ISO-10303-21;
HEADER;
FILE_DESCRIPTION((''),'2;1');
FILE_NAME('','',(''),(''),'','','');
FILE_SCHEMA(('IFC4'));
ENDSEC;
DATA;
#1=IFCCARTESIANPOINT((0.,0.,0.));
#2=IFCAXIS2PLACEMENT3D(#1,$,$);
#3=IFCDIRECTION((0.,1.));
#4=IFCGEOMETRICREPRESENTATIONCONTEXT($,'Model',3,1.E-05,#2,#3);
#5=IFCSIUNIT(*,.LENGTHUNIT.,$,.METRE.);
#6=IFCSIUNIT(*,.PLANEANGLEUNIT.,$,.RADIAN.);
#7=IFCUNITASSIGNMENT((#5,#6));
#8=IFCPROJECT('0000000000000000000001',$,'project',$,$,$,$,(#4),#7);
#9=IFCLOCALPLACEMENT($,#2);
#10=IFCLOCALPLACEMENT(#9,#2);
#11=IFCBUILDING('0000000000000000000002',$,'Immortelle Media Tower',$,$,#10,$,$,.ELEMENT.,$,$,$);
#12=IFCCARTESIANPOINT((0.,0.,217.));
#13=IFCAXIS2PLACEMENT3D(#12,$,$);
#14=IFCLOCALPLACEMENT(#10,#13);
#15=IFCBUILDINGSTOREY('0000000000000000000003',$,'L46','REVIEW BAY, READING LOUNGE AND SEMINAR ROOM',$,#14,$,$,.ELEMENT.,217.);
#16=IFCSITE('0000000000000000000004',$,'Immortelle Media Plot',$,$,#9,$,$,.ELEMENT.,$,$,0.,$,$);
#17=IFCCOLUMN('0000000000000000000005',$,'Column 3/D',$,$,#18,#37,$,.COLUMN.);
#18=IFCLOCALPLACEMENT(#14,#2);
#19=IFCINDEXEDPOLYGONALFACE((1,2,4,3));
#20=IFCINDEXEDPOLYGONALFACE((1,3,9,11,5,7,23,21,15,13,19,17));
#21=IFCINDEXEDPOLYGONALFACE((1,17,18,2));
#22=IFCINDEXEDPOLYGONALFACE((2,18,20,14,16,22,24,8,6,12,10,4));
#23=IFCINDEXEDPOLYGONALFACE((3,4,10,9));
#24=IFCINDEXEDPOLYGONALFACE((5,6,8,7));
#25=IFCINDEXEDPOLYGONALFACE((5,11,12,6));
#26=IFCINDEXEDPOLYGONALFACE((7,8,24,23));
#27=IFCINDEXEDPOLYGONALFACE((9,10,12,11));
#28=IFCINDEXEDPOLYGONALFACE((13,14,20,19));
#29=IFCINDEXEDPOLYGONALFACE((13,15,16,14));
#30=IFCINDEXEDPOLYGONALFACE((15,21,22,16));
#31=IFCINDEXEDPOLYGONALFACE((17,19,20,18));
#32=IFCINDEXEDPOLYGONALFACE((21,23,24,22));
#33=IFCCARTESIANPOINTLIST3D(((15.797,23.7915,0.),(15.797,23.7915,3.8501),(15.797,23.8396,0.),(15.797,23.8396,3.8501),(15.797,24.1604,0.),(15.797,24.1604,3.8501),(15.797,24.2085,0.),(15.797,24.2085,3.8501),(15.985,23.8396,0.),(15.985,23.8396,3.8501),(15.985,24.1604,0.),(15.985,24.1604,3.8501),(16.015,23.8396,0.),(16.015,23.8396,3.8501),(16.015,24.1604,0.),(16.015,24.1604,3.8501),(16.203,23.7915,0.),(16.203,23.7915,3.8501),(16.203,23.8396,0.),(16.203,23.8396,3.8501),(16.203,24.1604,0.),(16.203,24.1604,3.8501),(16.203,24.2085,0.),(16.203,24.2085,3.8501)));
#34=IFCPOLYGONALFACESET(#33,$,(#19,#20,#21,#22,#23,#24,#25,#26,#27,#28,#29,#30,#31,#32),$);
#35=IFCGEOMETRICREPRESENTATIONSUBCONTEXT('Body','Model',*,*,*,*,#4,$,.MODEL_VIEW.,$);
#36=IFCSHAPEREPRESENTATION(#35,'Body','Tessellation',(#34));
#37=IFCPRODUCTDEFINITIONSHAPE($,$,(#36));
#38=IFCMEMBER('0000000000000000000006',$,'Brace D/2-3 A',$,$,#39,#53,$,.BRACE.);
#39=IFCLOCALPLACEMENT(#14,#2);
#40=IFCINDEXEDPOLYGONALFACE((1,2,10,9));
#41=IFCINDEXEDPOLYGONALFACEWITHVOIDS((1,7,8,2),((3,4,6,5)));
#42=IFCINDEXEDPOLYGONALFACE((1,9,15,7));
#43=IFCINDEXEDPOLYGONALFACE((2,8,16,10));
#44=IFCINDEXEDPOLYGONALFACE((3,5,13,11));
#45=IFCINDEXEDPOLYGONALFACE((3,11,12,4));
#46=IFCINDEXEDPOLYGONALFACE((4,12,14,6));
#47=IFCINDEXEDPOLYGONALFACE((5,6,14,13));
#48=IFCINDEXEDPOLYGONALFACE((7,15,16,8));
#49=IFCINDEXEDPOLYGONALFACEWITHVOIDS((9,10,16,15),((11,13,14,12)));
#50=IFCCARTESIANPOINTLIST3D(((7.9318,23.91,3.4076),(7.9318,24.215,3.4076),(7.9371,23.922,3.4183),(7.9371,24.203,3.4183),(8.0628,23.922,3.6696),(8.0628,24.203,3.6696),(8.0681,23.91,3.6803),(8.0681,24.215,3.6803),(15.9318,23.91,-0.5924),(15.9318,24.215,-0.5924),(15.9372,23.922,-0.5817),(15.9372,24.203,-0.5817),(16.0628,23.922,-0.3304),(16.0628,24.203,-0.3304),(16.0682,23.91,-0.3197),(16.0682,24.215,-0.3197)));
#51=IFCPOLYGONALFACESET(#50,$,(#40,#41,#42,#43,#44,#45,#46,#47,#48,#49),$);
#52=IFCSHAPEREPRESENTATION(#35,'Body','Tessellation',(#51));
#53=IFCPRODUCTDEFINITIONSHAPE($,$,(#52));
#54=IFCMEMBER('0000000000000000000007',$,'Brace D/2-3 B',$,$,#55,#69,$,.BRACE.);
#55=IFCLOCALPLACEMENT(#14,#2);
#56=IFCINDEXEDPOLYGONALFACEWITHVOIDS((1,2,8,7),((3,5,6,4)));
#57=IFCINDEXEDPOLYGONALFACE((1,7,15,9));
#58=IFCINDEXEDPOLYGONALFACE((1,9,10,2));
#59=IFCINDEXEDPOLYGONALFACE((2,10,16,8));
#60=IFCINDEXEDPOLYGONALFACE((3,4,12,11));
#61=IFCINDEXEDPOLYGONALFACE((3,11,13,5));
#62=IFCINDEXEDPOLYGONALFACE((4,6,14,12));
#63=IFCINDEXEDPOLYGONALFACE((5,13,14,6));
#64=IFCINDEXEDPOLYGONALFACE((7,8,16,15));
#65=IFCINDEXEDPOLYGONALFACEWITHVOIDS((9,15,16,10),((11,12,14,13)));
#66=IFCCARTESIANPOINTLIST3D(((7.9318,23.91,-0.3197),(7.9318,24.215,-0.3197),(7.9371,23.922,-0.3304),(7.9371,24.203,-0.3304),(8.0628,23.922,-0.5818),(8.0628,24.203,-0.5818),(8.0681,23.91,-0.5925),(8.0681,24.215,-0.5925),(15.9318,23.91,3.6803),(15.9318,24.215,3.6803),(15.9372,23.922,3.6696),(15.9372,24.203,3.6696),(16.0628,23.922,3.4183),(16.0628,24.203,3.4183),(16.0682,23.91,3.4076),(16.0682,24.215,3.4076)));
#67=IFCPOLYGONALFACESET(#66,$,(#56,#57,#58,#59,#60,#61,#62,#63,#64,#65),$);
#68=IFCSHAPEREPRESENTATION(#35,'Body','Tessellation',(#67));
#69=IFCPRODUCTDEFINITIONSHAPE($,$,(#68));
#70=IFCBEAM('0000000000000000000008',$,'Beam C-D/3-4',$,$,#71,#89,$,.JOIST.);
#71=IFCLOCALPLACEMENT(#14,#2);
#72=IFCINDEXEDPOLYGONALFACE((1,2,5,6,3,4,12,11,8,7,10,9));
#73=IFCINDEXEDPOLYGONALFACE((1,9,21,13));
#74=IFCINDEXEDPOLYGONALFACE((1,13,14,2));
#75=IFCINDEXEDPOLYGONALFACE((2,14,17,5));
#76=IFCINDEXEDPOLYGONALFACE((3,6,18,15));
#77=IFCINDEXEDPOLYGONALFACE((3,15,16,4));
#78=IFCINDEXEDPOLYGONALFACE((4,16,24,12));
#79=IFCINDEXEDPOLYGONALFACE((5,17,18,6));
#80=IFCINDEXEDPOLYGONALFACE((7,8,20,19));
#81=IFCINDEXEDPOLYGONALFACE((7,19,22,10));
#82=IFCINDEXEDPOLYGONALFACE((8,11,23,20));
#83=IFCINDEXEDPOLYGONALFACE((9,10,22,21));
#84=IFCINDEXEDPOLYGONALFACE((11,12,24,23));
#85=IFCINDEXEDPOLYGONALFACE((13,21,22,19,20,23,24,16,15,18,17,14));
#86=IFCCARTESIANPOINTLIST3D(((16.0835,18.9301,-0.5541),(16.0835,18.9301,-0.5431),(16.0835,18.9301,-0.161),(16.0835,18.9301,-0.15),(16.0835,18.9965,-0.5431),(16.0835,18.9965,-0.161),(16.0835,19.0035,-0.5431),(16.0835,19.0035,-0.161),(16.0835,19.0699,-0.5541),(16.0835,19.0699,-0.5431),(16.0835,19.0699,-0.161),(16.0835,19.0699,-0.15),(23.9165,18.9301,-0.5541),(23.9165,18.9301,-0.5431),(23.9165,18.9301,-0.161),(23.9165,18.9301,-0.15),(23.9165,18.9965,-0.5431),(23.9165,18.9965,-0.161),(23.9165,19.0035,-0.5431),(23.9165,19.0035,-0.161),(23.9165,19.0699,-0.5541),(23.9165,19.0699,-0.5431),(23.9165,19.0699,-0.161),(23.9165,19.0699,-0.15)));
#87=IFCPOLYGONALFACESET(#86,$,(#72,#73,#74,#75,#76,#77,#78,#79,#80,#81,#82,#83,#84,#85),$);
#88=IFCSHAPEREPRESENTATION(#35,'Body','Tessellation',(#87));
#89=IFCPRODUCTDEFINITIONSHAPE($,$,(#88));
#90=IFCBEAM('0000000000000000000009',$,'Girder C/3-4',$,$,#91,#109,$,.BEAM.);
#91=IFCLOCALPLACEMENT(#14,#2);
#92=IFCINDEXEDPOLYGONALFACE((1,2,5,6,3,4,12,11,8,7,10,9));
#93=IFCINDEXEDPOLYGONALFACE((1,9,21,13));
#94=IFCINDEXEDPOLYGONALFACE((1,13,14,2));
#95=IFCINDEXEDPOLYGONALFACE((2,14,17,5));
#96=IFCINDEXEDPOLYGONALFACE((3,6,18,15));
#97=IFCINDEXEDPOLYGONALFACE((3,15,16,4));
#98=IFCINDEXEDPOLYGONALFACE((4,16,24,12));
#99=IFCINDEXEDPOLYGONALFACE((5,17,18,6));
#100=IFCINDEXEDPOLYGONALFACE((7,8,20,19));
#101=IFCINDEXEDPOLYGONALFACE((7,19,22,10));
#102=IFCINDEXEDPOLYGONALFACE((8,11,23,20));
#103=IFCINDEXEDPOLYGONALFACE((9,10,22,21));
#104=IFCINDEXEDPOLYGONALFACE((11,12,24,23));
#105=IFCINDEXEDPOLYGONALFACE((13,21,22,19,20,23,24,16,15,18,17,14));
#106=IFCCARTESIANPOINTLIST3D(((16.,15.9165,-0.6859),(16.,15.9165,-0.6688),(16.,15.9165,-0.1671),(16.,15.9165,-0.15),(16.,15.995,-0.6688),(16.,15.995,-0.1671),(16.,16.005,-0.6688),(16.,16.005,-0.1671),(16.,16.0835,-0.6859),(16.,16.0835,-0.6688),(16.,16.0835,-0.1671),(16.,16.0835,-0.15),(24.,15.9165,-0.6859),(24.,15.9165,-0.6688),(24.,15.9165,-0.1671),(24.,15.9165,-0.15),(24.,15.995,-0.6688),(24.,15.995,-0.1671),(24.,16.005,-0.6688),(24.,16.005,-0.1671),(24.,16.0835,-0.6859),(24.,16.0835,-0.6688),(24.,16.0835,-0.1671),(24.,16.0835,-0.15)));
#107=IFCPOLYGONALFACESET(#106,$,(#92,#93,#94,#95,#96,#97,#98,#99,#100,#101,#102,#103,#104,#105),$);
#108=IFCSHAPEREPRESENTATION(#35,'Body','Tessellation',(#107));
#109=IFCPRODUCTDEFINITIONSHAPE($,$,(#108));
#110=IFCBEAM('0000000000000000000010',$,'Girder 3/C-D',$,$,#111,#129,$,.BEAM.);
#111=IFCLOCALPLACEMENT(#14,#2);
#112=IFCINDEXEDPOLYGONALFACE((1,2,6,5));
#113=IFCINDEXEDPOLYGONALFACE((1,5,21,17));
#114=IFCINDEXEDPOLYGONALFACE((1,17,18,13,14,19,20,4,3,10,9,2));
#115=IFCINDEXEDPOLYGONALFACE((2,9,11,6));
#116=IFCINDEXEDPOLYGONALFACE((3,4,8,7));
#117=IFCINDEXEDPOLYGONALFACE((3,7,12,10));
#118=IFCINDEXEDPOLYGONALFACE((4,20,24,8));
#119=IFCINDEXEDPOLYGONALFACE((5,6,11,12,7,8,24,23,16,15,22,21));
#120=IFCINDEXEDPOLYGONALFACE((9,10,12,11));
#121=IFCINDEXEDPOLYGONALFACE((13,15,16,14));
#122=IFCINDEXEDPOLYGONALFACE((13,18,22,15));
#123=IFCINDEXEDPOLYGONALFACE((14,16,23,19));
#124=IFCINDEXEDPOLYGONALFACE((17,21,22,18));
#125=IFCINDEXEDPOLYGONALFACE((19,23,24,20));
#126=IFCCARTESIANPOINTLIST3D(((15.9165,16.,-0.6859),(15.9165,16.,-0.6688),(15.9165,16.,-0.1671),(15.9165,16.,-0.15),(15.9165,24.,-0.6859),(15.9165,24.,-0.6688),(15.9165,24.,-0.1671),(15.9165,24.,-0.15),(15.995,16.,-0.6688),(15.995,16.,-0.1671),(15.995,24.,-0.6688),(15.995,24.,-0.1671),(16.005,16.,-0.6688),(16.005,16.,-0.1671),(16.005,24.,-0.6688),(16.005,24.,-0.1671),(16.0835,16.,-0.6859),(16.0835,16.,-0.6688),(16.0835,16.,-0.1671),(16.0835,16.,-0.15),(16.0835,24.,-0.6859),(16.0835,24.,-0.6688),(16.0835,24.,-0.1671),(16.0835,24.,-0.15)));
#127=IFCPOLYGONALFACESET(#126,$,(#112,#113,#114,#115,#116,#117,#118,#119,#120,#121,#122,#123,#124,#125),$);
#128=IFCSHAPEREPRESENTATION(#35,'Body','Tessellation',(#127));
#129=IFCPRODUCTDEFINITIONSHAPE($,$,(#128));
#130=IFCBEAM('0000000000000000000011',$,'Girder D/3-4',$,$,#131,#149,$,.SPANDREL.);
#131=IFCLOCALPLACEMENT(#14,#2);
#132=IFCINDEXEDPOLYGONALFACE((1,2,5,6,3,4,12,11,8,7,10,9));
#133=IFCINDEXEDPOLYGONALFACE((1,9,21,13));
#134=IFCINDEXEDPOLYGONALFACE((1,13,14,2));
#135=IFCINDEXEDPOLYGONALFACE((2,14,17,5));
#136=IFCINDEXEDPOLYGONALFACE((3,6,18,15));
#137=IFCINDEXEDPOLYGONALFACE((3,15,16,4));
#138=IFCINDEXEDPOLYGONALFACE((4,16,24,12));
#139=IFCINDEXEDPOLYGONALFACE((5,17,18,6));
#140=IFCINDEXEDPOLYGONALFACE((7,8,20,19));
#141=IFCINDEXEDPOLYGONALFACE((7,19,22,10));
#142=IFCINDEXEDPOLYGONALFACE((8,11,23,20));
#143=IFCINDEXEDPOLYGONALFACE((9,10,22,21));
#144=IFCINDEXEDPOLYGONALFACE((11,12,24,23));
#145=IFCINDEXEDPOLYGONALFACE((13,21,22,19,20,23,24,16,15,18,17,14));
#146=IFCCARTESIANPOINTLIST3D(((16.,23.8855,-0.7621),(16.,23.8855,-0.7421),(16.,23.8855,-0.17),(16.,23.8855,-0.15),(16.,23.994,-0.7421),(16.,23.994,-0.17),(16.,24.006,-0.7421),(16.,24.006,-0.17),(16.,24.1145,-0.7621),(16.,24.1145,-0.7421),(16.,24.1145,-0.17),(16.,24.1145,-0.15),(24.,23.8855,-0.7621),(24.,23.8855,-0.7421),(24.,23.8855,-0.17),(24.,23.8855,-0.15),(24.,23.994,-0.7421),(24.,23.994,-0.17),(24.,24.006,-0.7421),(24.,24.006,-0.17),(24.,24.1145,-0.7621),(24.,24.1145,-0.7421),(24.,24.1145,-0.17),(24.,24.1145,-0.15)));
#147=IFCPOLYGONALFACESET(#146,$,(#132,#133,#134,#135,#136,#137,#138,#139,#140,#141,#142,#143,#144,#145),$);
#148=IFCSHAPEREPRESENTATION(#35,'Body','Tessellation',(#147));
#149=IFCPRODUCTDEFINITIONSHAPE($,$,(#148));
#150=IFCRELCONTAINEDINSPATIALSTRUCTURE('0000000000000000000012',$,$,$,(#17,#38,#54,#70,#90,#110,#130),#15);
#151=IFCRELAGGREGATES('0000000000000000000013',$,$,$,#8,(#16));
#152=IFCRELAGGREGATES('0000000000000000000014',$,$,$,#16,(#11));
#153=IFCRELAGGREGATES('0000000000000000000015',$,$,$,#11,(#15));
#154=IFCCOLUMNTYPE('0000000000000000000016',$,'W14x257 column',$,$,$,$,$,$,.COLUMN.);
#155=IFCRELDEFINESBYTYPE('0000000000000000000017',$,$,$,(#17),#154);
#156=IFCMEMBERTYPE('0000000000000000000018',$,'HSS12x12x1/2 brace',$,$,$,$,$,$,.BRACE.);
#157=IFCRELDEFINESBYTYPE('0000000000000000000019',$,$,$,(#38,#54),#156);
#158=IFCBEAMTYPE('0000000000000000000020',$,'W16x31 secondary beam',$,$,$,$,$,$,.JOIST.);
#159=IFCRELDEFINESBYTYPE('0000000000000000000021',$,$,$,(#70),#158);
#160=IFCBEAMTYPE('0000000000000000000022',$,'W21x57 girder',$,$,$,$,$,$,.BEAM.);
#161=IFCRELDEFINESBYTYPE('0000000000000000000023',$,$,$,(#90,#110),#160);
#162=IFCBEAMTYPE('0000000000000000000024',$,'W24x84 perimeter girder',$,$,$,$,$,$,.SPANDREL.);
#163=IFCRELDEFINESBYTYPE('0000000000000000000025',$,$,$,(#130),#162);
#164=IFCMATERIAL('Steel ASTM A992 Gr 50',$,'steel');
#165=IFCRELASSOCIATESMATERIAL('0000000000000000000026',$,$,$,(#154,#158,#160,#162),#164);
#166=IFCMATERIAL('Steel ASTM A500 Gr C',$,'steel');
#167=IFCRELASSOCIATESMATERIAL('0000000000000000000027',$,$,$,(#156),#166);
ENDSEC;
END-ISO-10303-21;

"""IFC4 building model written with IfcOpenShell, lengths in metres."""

from ifc_helpers import new_model, si_unit, direction, frame, origin, origin_2d, place, context, subcontext, project, spatial, hollow_rectangle, i_section, extrude, material, material_profile, profile_set, type_object, element, save


model = new_model("IFC4")

# Units and contexts
model_context = context("Model", 3, precision=1e-05, world=origin(), true_north=direction((0.0, 1.0)))
body_context = subcontext(model_context, "Body", "Model", "MODEL_VIEW")
ifc_project = project(units=[si_unit("LENGTHUNIT", "METRE"), si_unit("PLANEANGLEUNIT", "RADIAN")], contexts=[model_context])

# Site, building, storey
site_placement = place(None, origin())
site = spatial("IfcSite", under=ifc_project, at=site_placement, Name="Immortelle Media Plot", CompositionType="ELEMENT", RefElevation=0.0)
building_placement = place(site_placement, origin())
building = spatial("IfcBuilding", under=site, at=building_placement, Name="Immortelle Media Tower", CompositionType="ELEMENT")
storey_placement = place(building_placement, frame((0.0, 0.0, 217.0)))
storey = spatial("IfcBuildingStorey", under=building, at=storey_placement, Name="L46", Description="REVIEW BAY, READING LOUNGE AND SEMINAR ROOM", CompositionType="ELEMENT", Elevation=217.0)

# Column
ifc_material_1 = material(Name="Steel ASTM A992 Gr 50", Category="steel")
ifc_material_profile_1 = material_profile(ifc_material_1, i_section(OverallWidth=0.406, OverallDepth=0.417, WebThickness=0.03, FlangeThickness=0.0481, at=origin_2d()), Name="W14x257")
ifc_profile_set_1 = profile_set([ifc_material_profile_1], Name="Steel ASTM A992 Gr 50")
column_type = type_object("IfcColumnType", Name="W14x257 column", PredefinedType="COLUMN", material=ifc_profile_set_1)
column_placement = place(storey_placement, frame((16.0, 24.0, 0.0), z_axis=(0.0, 0.0, 1.0), x_axis=(1.0, 0.0, 0.0)))
element("IfcColumn", 1, at=column_placement, inside=storey, type_object=column_type, Name="Column 3/D", PredefinedType="COLUMN", context=body_context, shape_type="SweptSolid", body=[
    extrude(i_section(OverallWidth=0.406, OverallDepth=0.417, WebThickness=0.03, FlangeThickness=0.0481, at=origin_2d()), origin(), (0.0, 0.0, 1.0), 3.8501),
])

# Members
ifc_material_2 = material(Name="Steel ASTM A500 Gr C", Category="steel")
ifc_material_profile_2 = material_profile(ifc_material_2, hollow_rectangle(XDim=0.3049, YDim=0.3049, WallThickness=0.012, at=origin_2d()), Name="HSS12x12x1/2 brace")
ifc_profile_set_2 = profile_set([ifc_material_profile_2], Name="Steel ASTM A500 Gr C")
member_type = type_object("IfcMemberType", Name="HSS12x12x1/2 brace", PredefinedType="BRACE", material=ifc_profile_set_2)
for number, where, z_axis, x_axis, name in (
    (2, (16.0, 24.0625, -0.4561), (-0.894427, 0.0, 0.447214), (0.0, -1.0, 0.0), "Brace D/2-3 A"),
    (3, (16.0, 24.0625, 3.5439), (-0.894427, 0.0, -0.447214), (0.0, -1.0, 0.0), "Brace D/2-3 B"),
):
    element("IfcMember", number, at=place(storey_placement, frame(where, z_axis=z_axis, x_axis=x_axis)), inside=storey, type_object=member_type, Name=name, PredefinedType="BRACE", context=body_context, shape_type="SweptSolid", body=[
        extrude(hollow_rectangle(XDim=0.3049, YDim=0.3049, WallThickness=0.012, at=origin_2d()), origin(), (0.0, 0.0, 1.0), 8.9443),
    ])

# Beams
ifc_material_profile_3 = material_profile(ifc_material_1, i_section(OverallWidth=0.1399, OverallDepth=0.4041, WebThickness=0.0071, FlangeThickness=0.011, at=origin_2d()), Name="W16x31")
ifc_profile_set_3 = profile_set([ifc_material_profile_3], Name="Steel ASTM A992 Gr 50")
beam_type_1 = type_object("IfcBeamType", Name="W16x31 secondary beam", PredefinedType="JOIST", material=ifc_profile_set_3)
beam_1_placement = place(storey_placement, frame((16.0835, 19.0, -0.3521), z_axis=(1.0, 0.0, 0.0), x_axis=(0.0, 1.0, 0.0)))
element("IfcBeam", 4, at=beam_1_placement, inside=storey, type_object=beam_type_1, Name="Beam C-D/3-4", PredefinedType="JOIST", context=body_context, shape_type="SweptSolid", body=[
    extrude(i_section(OverallWidth=0.1399, OverallDepth=0.4041, WebThickness=0.0071, FlangeThickness=0.011, at=origin_2d()), origin(), (0.0, 0.0, 1.0), 7.833),
])
ifc_material_profile_4 = material_profile(ifc_material_1, i_section(OverallWidth=0.167, OverallDepth=0.5359, WebThickness=0.01, FlangeThickness=0.0171, at=origin_2d()), Name="W21x57")
ifc_profile_set_4 = profile_set([ifc_material_profile_4], Name="Steel ASTM A992 Gr 50")
beam_type_2 = type_object("IfcBeamType", Name="W21x57 girder", PredefinedType="BEAM", material=ifc_profile_set_4)
for number, where, z_axis, x_axis, name in (
    (5, (16.0, 16.0, -0.418), (1.0, 0.0, 0.0), (0.0, 1.0, 0.0), "Girder C/3-4"),
    (6, (16.0, 16.0, -0.418), (0.0, 1.0, 0.0), (-1.0, 0.0, 0.0), "Girder 3/C-D"),
):
    element("IfcBeam", number, at=place(storey_placement, frame(where, z_axis=z_axis, x_axis=x_axis)), inside=storey, type_object=beam_type_2, Name=name, PredefinedType="BEAM", context=body_context, shape_type="SweptSolid", body=[
        extrude(i_section(OverallWidth=0.167, OverallDepth=0.5359, WebThickness=0.01, FlangeThickness=0.0171, at=origin_2d()), origin(), (0.0, 0.0, 1.0), 8.0),
    ])
ifc_material_profile_5 = material_profile(ifc_material_1, i_section(OverallWidth=0.229, OverallDepth=0.6121, WebThickness=0.012, FlangeThickness=0.02, at=origin_2d()), Name="W24x84")
ifc_profile_set_5 = profile_set([ifc_material_profile_5], Name="Steel ASTM A992 Gr 50")
beam_type_3 = type_object("IfcBeamType", Name="W24x84 perimeter girder", PredefinedType="SPANDREL", material=ifc_profile_set_5)
beam_2_placement = place(storey_placement, frame((16.0, 24.0, -0.4561), z_axis=(1.0, 0.0, 0.0), x_axis=(0.0, 1.0, 0.0)))
element("IfcBeam", 7, at=beam_2_placement, inside=storey, type_object=beam_type_3, Name="Girder D/3-4", PredefinedType="SPANDREL", context=body_context, shape_type="SweptSolid", body=[
    extrude(i_section(OverallWidth=0.229, OverallDepth=0.6121, WebThickness=0.012, FlangeThickness=0.02, at=origin_2d()), origin(), (0.0, 0.0, 1.0), 8.0),
])

save(model, "model.ifc")
